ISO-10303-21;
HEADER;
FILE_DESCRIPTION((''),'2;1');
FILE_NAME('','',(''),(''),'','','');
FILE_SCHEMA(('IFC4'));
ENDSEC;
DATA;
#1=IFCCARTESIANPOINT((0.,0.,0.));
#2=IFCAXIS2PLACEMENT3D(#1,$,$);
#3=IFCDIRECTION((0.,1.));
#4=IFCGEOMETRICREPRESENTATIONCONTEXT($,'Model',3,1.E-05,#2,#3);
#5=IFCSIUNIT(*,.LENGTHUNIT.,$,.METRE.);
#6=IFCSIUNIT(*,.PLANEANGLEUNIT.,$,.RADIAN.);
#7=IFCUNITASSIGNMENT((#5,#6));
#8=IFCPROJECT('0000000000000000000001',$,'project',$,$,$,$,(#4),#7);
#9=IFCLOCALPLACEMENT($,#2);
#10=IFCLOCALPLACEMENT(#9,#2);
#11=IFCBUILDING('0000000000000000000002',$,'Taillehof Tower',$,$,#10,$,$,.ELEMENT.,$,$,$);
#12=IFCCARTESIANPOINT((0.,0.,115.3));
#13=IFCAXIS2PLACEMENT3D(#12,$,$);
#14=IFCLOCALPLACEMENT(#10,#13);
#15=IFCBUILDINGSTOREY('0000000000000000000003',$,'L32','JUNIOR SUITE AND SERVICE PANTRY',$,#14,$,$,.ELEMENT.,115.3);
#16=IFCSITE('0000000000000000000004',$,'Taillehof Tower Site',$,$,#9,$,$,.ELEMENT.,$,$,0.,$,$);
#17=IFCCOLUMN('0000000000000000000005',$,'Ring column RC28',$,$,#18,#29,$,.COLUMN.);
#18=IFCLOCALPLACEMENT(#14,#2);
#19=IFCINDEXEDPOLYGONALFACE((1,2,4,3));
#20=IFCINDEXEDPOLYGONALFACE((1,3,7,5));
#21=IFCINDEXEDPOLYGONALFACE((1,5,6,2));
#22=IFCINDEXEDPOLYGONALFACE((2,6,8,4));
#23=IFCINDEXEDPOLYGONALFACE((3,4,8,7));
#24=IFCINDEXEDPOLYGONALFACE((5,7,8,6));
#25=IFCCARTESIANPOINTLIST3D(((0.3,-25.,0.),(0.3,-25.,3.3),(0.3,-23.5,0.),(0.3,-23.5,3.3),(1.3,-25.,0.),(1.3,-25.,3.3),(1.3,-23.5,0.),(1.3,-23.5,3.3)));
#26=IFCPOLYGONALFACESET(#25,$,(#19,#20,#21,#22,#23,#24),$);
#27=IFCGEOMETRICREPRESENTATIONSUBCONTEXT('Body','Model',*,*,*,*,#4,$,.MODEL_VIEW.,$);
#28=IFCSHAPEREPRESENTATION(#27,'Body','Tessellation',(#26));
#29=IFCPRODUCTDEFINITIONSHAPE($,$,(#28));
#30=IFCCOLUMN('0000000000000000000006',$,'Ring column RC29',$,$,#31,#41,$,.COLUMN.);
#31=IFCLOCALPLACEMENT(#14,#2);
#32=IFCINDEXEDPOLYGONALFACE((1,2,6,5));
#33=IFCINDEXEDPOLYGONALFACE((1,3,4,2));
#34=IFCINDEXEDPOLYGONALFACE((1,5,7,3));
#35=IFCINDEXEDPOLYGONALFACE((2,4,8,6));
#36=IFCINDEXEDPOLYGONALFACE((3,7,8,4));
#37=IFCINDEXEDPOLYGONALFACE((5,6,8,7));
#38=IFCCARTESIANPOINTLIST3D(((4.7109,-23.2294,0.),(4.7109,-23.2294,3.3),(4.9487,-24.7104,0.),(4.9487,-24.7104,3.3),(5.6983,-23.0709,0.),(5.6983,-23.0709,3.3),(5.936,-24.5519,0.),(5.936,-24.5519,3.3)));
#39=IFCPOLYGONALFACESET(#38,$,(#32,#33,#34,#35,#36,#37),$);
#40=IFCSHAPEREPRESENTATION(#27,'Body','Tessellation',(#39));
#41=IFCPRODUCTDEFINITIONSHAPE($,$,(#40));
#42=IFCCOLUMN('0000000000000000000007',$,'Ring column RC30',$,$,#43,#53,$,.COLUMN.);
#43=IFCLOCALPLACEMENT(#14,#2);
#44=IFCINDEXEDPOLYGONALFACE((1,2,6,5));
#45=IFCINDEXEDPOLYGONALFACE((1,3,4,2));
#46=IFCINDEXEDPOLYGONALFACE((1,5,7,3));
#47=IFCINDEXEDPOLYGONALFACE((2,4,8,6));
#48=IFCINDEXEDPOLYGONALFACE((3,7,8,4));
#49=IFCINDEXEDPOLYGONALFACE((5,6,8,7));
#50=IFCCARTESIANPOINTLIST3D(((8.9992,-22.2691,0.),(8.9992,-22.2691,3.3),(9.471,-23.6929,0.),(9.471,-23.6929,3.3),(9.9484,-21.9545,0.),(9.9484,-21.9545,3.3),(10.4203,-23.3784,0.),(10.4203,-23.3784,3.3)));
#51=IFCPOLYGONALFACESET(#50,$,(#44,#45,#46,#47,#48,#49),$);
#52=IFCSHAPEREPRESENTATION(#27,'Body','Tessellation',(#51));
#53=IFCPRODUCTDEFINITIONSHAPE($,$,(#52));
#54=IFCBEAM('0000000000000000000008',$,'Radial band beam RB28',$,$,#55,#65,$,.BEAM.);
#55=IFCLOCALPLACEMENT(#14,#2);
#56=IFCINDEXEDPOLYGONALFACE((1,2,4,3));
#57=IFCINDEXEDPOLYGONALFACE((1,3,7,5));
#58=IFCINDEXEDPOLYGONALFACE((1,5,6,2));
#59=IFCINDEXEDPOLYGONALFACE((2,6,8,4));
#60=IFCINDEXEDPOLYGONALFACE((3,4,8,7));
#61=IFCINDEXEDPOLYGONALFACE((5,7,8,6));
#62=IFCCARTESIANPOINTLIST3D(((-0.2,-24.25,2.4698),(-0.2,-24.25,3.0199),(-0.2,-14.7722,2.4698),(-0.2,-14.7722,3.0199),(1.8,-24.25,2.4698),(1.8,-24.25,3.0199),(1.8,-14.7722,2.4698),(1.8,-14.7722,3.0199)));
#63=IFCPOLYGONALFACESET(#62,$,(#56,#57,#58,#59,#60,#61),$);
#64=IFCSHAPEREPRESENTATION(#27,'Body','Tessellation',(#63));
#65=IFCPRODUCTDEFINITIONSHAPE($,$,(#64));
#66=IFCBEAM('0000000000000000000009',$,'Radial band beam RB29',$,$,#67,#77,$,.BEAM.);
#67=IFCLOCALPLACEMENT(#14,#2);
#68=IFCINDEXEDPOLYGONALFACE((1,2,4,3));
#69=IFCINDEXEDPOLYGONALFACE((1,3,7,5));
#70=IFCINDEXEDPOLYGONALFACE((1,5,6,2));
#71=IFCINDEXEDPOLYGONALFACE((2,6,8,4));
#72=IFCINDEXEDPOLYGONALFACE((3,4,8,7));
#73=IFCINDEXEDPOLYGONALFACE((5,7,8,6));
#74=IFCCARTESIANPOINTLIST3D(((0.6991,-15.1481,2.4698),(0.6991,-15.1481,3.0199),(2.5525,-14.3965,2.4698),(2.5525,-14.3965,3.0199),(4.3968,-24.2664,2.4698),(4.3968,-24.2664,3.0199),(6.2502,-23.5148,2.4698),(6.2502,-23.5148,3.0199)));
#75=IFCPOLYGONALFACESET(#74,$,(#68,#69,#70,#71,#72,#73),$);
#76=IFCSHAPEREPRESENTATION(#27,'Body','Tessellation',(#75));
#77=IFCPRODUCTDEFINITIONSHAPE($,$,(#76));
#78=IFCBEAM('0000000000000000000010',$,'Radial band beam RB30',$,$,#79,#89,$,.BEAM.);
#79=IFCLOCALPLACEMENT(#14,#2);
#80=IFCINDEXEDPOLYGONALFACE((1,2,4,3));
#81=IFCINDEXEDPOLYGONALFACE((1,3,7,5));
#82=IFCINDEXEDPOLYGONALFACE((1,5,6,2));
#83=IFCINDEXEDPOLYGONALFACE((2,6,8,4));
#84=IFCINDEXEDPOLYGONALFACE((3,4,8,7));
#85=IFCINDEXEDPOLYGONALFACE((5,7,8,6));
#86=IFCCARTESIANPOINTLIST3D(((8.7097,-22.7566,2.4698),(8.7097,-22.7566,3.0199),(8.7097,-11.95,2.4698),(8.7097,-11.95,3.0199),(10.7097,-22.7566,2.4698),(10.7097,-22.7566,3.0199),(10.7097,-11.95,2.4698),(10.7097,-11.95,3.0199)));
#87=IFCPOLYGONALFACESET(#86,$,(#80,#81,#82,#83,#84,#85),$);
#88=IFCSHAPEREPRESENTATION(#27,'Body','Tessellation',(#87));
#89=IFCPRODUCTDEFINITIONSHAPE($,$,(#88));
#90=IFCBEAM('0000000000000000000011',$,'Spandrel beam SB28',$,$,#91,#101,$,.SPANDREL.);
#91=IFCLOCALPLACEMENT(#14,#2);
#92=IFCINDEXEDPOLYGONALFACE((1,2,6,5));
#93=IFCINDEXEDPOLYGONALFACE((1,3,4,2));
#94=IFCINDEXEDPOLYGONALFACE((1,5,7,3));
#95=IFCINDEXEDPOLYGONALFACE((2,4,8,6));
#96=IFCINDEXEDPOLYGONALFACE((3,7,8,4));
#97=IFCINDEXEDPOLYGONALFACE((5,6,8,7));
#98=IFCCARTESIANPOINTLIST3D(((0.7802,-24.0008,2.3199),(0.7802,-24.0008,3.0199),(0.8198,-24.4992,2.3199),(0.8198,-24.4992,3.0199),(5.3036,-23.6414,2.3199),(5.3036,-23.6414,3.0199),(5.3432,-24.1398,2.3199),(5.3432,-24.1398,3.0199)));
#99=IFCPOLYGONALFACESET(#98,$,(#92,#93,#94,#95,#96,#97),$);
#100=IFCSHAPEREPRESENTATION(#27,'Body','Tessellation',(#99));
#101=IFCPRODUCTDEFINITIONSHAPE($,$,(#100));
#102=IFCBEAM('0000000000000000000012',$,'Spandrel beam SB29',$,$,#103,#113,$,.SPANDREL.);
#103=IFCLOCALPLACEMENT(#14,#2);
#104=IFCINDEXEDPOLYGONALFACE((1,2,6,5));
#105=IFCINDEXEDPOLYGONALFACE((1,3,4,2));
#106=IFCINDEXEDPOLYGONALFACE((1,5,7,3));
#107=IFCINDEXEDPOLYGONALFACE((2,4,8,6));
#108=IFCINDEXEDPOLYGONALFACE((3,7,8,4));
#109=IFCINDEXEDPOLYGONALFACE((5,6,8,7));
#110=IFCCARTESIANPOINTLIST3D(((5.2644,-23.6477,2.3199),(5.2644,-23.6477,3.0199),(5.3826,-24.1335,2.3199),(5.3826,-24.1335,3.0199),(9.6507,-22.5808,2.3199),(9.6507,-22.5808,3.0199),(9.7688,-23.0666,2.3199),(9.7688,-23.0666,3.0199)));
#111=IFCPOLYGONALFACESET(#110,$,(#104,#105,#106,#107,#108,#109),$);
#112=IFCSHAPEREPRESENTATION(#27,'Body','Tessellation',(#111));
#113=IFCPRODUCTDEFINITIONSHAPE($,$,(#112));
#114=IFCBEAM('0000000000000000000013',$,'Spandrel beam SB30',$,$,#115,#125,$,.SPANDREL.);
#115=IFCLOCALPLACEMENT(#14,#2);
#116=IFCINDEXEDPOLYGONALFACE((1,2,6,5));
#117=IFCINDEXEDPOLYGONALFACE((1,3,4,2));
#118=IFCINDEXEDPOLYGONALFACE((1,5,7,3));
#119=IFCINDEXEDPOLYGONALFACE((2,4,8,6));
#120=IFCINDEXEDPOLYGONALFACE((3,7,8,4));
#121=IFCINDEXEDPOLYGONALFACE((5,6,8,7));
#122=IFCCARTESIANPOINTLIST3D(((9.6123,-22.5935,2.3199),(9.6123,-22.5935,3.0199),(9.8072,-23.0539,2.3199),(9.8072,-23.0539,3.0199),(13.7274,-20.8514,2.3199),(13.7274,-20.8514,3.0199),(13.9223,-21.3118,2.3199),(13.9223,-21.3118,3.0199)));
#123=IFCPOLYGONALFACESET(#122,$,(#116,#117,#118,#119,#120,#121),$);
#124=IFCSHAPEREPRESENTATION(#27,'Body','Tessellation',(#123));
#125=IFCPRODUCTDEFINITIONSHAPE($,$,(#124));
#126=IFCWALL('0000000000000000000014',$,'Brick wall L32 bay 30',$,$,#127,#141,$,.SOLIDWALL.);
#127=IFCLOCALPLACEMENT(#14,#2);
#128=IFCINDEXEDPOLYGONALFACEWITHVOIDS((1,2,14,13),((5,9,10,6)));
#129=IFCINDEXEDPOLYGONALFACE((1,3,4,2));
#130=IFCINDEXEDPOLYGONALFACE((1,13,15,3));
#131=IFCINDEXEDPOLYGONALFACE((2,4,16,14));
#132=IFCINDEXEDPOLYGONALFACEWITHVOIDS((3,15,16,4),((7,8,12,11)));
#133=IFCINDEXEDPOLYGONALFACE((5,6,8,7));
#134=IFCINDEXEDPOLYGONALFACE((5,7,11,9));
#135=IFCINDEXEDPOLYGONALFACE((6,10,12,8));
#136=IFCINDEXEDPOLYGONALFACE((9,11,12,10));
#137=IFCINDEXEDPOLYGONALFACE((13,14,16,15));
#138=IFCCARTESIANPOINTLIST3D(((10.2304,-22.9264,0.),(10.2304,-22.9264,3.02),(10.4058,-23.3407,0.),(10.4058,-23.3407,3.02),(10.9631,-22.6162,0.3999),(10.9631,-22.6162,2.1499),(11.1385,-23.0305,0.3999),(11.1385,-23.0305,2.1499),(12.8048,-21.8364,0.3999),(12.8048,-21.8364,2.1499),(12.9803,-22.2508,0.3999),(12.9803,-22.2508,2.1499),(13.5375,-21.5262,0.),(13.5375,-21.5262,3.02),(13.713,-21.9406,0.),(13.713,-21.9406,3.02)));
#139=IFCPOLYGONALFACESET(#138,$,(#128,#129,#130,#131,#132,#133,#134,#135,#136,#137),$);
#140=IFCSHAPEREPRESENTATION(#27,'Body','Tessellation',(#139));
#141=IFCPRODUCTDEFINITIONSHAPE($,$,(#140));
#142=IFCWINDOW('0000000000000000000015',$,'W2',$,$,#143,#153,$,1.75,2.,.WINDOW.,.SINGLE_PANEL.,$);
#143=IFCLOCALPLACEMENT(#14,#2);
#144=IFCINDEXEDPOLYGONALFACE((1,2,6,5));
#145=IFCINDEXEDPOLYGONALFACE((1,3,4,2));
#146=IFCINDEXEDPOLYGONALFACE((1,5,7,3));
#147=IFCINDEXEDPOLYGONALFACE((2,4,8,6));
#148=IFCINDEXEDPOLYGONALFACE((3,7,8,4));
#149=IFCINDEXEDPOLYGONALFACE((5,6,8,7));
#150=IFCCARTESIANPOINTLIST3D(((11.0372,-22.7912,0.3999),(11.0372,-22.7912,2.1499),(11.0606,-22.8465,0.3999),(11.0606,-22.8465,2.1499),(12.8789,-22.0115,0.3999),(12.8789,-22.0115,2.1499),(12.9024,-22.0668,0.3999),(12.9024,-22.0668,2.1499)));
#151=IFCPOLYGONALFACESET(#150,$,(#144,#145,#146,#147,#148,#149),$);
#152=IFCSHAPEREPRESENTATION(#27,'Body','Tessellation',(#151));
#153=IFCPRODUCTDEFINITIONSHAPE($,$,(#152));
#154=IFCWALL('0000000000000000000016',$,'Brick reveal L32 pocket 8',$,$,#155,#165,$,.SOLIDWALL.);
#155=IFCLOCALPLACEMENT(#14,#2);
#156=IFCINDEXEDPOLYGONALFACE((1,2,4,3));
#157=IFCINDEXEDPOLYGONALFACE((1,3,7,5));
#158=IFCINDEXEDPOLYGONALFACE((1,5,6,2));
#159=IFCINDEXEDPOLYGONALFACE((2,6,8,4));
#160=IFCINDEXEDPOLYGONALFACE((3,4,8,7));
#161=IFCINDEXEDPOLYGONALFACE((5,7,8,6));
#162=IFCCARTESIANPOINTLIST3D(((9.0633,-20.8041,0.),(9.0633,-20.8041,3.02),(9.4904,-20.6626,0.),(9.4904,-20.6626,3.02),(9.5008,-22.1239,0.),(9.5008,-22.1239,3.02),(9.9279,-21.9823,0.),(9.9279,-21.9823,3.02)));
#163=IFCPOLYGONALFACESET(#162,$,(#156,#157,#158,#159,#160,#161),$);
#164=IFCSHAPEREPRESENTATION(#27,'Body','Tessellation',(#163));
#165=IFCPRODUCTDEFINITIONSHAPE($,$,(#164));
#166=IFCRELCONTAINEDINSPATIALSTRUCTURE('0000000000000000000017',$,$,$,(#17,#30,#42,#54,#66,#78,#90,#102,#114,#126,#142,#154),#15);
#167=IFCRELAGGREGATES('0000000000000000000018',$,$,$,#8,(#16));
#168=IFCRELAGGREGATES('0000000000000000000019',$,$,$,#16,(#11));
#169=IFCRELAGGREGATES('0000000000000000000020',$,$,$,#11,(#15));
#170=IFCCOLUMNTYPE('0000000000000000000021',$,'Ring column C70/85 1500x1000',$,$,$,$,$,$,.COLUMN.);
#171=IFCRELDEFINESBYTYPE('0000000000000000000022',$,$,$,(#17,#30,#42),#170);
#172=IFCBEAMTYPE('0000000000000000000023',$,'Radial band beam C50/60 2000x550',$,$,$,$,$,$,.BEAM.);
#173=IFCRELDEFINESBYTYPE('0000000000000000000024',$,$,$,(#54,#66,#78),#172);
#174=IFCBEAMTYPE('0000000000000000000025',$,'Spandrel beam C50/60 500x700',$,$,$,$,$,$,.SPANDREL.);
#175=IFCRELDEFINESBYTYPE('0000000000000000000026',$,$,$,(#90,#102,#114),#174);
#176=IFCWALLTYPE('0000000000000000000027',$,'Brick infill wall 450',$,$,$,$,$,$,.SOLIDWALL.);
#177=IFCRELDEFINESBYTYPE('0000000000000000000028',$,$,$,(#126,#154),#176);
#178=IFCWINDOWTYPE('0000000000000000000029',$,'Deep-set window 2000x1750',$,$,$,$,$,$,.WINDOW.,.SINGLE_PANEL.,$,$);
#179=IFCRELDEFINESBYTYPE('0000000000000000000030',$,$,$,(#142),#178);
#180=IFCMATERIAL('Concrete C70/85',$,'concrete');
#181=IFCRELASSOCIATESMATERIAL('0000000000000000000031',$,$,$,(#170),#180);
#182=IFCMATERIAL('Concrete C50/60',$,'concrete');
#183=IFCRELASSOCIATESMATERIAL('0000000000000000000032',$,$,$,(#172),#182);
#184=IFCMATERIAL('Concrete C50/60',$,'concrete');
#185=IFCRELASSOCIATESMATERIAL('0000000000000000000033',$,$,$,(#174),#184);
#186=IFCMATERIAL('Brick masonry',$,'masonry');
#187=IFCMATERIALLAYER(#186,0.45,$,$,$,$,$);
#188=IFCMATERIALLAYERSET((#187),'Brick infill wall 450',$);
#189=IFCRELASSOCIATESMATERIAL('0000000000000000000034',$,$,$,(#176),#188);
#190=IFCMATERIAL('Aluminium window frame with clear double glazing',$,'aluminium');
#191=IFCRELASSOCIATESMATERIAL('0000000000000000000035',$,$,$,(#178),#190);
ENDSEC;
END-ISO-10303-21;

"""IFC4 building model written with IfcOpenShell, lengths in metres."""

from ifc_helpers import new_model, si_unit, direction, frame, frame_2d, origin, origin_2d, place, context, subcontext, project, spatial, rectangle, extrude, material, layer, layer_set, material_profile, profile_set, type_object, element, fill, save


model = new_model("IFC4")

# Units and contexts
model_context = context("Model", 3, precision=1e-05, world=origin(), true_north=direction((0.0, 1.0)))
body_context = subcontext(model_context, "Body", "Model", "MODEL_VIEW")
ifc_project = project(units=[si_unit("LENGTHUNIT", "METRE"), si_unit("PLANEANGLEUNIT", "RADIAN")], contexts=[model_context])

# Site, building, storey
site_placement = place(None, origin())
site = spatial("IfcSite", under=ifc_project, at=site_placement, Name="Taillehof Tower Site", CompositionType="ELEMENT", RefElevation=0.0)
building_placement = place(site_placement, origin())
building = spatial("IfcBuilding", under=site, at=building_placement, Name="Taillehof Tower", CompositionType="ELEMENT")
storey_placement = place(building_placement, frame((0.0, 0.0, 115.3)))
storey = spatial("IfcBuildingStorey", under=building, at=storey_placement, Name="L32", Description="JUNIOR SUITE AND SERVICE PANTRY", CompositionType="ELEMENT", Elevation=115.3)

# Columns
ifc_material_1 = material(Name="Concrete C70/85", Category="concrete")
ifc_material_profile_1 = material_profile(ifc_material_1, rectangle(XDim=1.5, YDim=1.0, at=origin_2d()), Name="RC 1500x1000")
ifc_profile_set_1 = profile_set([ifc_material_profile_1], Name="Concrete C70/85")
column_type = type_object("IfcColumnType", Name="Ring column C70/85 1500x1000", PredefinedType="COLUMN", material=ifc_profile_set_1)
for number, where, z_axis, x_axis, name in (
    (1, (0.8, -24.25, 0.0), (0.0, 0.0, 1.0), (0.0, -1.0, 0.0), "Ring column RC28"),
    (2, (5.3235, -23.8906, 0.0), (0.0, 0.0, 1.0), (0.158507, -0.987358, 0.0), "Ring column RC29"),
    (3, (9.7097, -22.8237, 0.0), (0.0, 0.0, 1.0), (0.314555, -0.949239, 0.0), "Ring column RC30"),
):
    element("IfcColumn", number, at=place(storey_placement, frame(where, z_axis=z_axis, x_axis=x_axis)), inside=storey, type_object=column_type, Name=name, PredefinedType="COLUMN", context=body_context, shape_type="SweptSolid", body=[
        extrude(rectangle(XDim=1.5, YDim=1.0, at=origin_2d()), origin(), (0.0, 0.0, 1.0), 3.3),
    ])

# Beams
ifc_material_2 = material(Name="Concrete C50/60", Category="concrete")
ifc_material_profile_2 = material_profile(ifc_material_2, rectangle(XDim=2.0, YDim=0.55, at=origin_2d()), Name="RC 2000x550")
ifc_profile_set_2 = profile_set([ifc_material_profile_2], Name="Concrete C50/60")
beam_type_1 = type_object("IfcBeamType", Name="Radial band beam C50/60 2000x550", PredefinedType="BEAM", material=ifc_profile_set_2)
beam_1_placement = place(storey_placement, frame((0.8, -24.25, 2.7449), z_axis=(0.0, 1.0, 0.0), x_axis=(-1.0, 0.0, 0.0)))
element("IfcBeam", 4, at=beam_1_placement, inside=storey, type_object=beam_type_1, Name="Radial band beam RB28", PredefinedType="BEAM", context=body_context, shape_type="SweptSolid", body=[
    extrude(rectangle(XDim=2.0, YDim=0.55, at=origin_2d()), origin(), (0.0, 0.0, 1.0), 9.4778),
])
beam_2_placement = place(storey_placement, frame((5.3235, -23.8906, 2.7449), z_axis=(-0.375801, 0.9267, 0.0), x_axis=(-0.9267, -0.375801, 0.0)))
element("IfcBeam", 5, at=beam_2_placement, inside=storey, type_object=beam_type_1, Name="Radial band beam RB29", PredefinedType="BEAM", context=body_context, shape_type="SweptSolid", body=[
    extrude(rectangle(XDim=2.0, YDim=0.55, at=origin_2d()), origin(), (0.0, 0.0, 1.0), 9.8396),
])
beam_3_placement = place(storey_placement, frame((9.7097, -22.7566, 2.7449), z_axis=(0.0, 1.0, 0.0), x_axis=(-1.0, 0.0, 0.0)))
element("IfcBeam", 6, at=beam_3_placement, inside=storey, type_object=beam_type_1, Name="Radial band beam RB30", PredefinedType="BEAM", context=body_context, shape_type="SweptSolid", body=[
    extrude(rectangle(XDim=2.0, YDim=0.55, at=origin_2d()), origin(), (0.0, 0.0, 1.0), 10.8066),
])
ifc_material_3 = material(Name="Concrete C50/60", Category="concrete")
ifc_material_profile_3 = material_profile(ifc_material_3, rectangle(XDim=0.5, YDim=0.7, at=origin_2d()), Name="RC 500x700")
ifc_profile_set_3 = profile_set([ifc_material_profile_3], Name="Concrete C50/60")
beam_type_2 = type_object("IfcBeamType", Name="Spandrel beam C50/60 500x700", PredefinedType="SPANDREL", material=ifc_profile_set_3)
beam_4_placement = place(storey_placement, frame((0.8, -24.25, 2.6699), z_axis=(0.996859, 0.079198, 0.0), x_axis=(-0.079198, 0.996859, 0.0)))
element("IfcBeam", 7, at=beam_4_placement, inside=storey, type_object=beam_type_2, Name="Spandrel beam SB28", PredefinedType="SPANDREL", context=body_context, shape_type="SweptSolid", body=[
    extrude(rectangle(XDim=0.5, YDim=0.7, at=origin_2d()), origin(), (0.0, 0.0, 1.0), 4.5376),
])
beam_5_placement = place(storey_placement, frame((5.3235, -23.8906, 2.6699), z_axis=(0.971669, 0.236346, 0.0), x_axis=(-0.236346, 0.971669, 0.0)))
element("IfcBeam", 8, at=beam_5_placement, inside=storey, type_object=beam_type_2, Name="Spandrel beam SB29", PredefinedType="SPANDREL", context=body_context, shape_type="SweptSolid", body=[
    extrude(rectangle(XDim=0.5, YDim=0.7, at=origin_2d()), origin(), (0.0, 0.0, 1.0), 4.5142),
])
beam_6_placement = place(storey_placement, frame((9.7097, -22.8237, 2.6699), z_axis=(0.920877, 0.389854, 0.0), x_axis=(-0.389854, 0.920877, 0.0)))
element("IfcBeam", 9, at=beam_6_placement, inside=storey, type_object=beam_type_2, Name="Spandrel beam SB30", PredefinedType="SPANDREL", context=body_context, shape_type="SweptSolid", body=[
    extrude(rectangle(XDim=0.5, YDim=0.7, at=origin_2d()), origin(), (0.0, 0.0, 1.0), 4.4688),
])

# Wall, opening, window
ifc_material_4 = material(Name="Brick masonry", Category="masonry")
ifc_layer_1 = layer(ifc_material_4, 0.45)
ifc_layer_set_1 = layer_set([ifc_layer_1], Name="Brick infill wall 450")
wall_type_1 = type_object("IfcWallType", Name="Brick infill wall 450", PredefinedType="SOLIDWALL", material=ifc_layer_set_1)
wall_1_placement = place(storey_placement, frame((10.3181, -23.1335, 0.0), z_axis=(0.0, 0.0, 1.0), x_axis=(0.92087, 0.389871, 0.0)))
wall_1 = element("IfcWall", 10, at=wall_1_placement, inside=storey, type_object=wall_type_1, Name="Brick wall L32 bay 30", PredefinedType="SOLIDWALL", context=body_context, shape_type="SweptSolid", body=[
    extrude(rectangle(XDim=3.5913, YDim=0.45, at=frame_2d((1.7957, 0.0))), origin(), (0.0, 0.0, 1.0), 3.02),
])
opening_1_placement = place(wall_1_placement, frame((0.7957, 0.0, 0.3999)))
opening_1 = element("IfcOpeningElement", 11, at=opening_1_placement, cuts=wall_1, PredefinedType="OPENING", context=body_context, shape_type="SweptSolid", body=[
    extrude(rectangle(XDim=2.0, YDim=1.75, at=frame_2d((1.0, 0.875))), frame((0.0, 0.2349, 0.0), z_axis=(0.0, -1.0, 0.0), x_axis=(1.0, 0.0, 0.0)), (0.0, 0.0, 1.0), 0.47),
])
ifc_material_5 = material(Name="Aluminium window frame with clear double glazing", Category="aluminium")
window_type_1 = type_object("IfcWindowType", Name="Deep-set window 2000x1750", PartitioningType="SINGLE_PANEL", PredefinedType="WINDOW", material=ifc_material_5)
window_1_placement = place(opening_1_placement, origin())
window_1 = element("IfcWindow", 12, at=window_1_placement, inside=storey, type_object=window_type_1, Name="W2", OverallHeight=1.75, OverallWidth=2.0, PartitioningType="SINGLE_PANEL", PredefinedType="WINDOW", context=body_context, shape_type="SweptSolid", body=[
    extrude(rectangle(XDim=2.0, YDim=1.75, at=frame_2d((1.0, 0.875))), frame((0.0, 0.0349, 0.0), z_axis=(0.0, -1.0, 0.0), x_axis=(1.0, 0.0, 0.0)), (0.0, 0.0, 1.0), 0.0601),
])
fill(opening_1, window_1)

# Wall
wall_2_placement = place(storey_placement, frame((9.7144, -22.0532, 0.0), z_axis=(0.0, 0.0, 1.0), x_axis=(-0.314647, 0.949209, 0.0)))
element("IfcWall", 13, at=wall_2_placement, inside=storey, type_object=wall_type_1, Name="Brick reveal L32 pocket 8", PredefinedType="SOLIDWALL", context=body_context, shape_type="SweptSolid", body=[
    extrude(rectangle(XDim=1.3904, YDim=0.45, at=frame_2d((0.6953, 0.0))), origin(), (0.0, 0.0, 1.0), 3.02),
])

save(model, "model.ifc")
